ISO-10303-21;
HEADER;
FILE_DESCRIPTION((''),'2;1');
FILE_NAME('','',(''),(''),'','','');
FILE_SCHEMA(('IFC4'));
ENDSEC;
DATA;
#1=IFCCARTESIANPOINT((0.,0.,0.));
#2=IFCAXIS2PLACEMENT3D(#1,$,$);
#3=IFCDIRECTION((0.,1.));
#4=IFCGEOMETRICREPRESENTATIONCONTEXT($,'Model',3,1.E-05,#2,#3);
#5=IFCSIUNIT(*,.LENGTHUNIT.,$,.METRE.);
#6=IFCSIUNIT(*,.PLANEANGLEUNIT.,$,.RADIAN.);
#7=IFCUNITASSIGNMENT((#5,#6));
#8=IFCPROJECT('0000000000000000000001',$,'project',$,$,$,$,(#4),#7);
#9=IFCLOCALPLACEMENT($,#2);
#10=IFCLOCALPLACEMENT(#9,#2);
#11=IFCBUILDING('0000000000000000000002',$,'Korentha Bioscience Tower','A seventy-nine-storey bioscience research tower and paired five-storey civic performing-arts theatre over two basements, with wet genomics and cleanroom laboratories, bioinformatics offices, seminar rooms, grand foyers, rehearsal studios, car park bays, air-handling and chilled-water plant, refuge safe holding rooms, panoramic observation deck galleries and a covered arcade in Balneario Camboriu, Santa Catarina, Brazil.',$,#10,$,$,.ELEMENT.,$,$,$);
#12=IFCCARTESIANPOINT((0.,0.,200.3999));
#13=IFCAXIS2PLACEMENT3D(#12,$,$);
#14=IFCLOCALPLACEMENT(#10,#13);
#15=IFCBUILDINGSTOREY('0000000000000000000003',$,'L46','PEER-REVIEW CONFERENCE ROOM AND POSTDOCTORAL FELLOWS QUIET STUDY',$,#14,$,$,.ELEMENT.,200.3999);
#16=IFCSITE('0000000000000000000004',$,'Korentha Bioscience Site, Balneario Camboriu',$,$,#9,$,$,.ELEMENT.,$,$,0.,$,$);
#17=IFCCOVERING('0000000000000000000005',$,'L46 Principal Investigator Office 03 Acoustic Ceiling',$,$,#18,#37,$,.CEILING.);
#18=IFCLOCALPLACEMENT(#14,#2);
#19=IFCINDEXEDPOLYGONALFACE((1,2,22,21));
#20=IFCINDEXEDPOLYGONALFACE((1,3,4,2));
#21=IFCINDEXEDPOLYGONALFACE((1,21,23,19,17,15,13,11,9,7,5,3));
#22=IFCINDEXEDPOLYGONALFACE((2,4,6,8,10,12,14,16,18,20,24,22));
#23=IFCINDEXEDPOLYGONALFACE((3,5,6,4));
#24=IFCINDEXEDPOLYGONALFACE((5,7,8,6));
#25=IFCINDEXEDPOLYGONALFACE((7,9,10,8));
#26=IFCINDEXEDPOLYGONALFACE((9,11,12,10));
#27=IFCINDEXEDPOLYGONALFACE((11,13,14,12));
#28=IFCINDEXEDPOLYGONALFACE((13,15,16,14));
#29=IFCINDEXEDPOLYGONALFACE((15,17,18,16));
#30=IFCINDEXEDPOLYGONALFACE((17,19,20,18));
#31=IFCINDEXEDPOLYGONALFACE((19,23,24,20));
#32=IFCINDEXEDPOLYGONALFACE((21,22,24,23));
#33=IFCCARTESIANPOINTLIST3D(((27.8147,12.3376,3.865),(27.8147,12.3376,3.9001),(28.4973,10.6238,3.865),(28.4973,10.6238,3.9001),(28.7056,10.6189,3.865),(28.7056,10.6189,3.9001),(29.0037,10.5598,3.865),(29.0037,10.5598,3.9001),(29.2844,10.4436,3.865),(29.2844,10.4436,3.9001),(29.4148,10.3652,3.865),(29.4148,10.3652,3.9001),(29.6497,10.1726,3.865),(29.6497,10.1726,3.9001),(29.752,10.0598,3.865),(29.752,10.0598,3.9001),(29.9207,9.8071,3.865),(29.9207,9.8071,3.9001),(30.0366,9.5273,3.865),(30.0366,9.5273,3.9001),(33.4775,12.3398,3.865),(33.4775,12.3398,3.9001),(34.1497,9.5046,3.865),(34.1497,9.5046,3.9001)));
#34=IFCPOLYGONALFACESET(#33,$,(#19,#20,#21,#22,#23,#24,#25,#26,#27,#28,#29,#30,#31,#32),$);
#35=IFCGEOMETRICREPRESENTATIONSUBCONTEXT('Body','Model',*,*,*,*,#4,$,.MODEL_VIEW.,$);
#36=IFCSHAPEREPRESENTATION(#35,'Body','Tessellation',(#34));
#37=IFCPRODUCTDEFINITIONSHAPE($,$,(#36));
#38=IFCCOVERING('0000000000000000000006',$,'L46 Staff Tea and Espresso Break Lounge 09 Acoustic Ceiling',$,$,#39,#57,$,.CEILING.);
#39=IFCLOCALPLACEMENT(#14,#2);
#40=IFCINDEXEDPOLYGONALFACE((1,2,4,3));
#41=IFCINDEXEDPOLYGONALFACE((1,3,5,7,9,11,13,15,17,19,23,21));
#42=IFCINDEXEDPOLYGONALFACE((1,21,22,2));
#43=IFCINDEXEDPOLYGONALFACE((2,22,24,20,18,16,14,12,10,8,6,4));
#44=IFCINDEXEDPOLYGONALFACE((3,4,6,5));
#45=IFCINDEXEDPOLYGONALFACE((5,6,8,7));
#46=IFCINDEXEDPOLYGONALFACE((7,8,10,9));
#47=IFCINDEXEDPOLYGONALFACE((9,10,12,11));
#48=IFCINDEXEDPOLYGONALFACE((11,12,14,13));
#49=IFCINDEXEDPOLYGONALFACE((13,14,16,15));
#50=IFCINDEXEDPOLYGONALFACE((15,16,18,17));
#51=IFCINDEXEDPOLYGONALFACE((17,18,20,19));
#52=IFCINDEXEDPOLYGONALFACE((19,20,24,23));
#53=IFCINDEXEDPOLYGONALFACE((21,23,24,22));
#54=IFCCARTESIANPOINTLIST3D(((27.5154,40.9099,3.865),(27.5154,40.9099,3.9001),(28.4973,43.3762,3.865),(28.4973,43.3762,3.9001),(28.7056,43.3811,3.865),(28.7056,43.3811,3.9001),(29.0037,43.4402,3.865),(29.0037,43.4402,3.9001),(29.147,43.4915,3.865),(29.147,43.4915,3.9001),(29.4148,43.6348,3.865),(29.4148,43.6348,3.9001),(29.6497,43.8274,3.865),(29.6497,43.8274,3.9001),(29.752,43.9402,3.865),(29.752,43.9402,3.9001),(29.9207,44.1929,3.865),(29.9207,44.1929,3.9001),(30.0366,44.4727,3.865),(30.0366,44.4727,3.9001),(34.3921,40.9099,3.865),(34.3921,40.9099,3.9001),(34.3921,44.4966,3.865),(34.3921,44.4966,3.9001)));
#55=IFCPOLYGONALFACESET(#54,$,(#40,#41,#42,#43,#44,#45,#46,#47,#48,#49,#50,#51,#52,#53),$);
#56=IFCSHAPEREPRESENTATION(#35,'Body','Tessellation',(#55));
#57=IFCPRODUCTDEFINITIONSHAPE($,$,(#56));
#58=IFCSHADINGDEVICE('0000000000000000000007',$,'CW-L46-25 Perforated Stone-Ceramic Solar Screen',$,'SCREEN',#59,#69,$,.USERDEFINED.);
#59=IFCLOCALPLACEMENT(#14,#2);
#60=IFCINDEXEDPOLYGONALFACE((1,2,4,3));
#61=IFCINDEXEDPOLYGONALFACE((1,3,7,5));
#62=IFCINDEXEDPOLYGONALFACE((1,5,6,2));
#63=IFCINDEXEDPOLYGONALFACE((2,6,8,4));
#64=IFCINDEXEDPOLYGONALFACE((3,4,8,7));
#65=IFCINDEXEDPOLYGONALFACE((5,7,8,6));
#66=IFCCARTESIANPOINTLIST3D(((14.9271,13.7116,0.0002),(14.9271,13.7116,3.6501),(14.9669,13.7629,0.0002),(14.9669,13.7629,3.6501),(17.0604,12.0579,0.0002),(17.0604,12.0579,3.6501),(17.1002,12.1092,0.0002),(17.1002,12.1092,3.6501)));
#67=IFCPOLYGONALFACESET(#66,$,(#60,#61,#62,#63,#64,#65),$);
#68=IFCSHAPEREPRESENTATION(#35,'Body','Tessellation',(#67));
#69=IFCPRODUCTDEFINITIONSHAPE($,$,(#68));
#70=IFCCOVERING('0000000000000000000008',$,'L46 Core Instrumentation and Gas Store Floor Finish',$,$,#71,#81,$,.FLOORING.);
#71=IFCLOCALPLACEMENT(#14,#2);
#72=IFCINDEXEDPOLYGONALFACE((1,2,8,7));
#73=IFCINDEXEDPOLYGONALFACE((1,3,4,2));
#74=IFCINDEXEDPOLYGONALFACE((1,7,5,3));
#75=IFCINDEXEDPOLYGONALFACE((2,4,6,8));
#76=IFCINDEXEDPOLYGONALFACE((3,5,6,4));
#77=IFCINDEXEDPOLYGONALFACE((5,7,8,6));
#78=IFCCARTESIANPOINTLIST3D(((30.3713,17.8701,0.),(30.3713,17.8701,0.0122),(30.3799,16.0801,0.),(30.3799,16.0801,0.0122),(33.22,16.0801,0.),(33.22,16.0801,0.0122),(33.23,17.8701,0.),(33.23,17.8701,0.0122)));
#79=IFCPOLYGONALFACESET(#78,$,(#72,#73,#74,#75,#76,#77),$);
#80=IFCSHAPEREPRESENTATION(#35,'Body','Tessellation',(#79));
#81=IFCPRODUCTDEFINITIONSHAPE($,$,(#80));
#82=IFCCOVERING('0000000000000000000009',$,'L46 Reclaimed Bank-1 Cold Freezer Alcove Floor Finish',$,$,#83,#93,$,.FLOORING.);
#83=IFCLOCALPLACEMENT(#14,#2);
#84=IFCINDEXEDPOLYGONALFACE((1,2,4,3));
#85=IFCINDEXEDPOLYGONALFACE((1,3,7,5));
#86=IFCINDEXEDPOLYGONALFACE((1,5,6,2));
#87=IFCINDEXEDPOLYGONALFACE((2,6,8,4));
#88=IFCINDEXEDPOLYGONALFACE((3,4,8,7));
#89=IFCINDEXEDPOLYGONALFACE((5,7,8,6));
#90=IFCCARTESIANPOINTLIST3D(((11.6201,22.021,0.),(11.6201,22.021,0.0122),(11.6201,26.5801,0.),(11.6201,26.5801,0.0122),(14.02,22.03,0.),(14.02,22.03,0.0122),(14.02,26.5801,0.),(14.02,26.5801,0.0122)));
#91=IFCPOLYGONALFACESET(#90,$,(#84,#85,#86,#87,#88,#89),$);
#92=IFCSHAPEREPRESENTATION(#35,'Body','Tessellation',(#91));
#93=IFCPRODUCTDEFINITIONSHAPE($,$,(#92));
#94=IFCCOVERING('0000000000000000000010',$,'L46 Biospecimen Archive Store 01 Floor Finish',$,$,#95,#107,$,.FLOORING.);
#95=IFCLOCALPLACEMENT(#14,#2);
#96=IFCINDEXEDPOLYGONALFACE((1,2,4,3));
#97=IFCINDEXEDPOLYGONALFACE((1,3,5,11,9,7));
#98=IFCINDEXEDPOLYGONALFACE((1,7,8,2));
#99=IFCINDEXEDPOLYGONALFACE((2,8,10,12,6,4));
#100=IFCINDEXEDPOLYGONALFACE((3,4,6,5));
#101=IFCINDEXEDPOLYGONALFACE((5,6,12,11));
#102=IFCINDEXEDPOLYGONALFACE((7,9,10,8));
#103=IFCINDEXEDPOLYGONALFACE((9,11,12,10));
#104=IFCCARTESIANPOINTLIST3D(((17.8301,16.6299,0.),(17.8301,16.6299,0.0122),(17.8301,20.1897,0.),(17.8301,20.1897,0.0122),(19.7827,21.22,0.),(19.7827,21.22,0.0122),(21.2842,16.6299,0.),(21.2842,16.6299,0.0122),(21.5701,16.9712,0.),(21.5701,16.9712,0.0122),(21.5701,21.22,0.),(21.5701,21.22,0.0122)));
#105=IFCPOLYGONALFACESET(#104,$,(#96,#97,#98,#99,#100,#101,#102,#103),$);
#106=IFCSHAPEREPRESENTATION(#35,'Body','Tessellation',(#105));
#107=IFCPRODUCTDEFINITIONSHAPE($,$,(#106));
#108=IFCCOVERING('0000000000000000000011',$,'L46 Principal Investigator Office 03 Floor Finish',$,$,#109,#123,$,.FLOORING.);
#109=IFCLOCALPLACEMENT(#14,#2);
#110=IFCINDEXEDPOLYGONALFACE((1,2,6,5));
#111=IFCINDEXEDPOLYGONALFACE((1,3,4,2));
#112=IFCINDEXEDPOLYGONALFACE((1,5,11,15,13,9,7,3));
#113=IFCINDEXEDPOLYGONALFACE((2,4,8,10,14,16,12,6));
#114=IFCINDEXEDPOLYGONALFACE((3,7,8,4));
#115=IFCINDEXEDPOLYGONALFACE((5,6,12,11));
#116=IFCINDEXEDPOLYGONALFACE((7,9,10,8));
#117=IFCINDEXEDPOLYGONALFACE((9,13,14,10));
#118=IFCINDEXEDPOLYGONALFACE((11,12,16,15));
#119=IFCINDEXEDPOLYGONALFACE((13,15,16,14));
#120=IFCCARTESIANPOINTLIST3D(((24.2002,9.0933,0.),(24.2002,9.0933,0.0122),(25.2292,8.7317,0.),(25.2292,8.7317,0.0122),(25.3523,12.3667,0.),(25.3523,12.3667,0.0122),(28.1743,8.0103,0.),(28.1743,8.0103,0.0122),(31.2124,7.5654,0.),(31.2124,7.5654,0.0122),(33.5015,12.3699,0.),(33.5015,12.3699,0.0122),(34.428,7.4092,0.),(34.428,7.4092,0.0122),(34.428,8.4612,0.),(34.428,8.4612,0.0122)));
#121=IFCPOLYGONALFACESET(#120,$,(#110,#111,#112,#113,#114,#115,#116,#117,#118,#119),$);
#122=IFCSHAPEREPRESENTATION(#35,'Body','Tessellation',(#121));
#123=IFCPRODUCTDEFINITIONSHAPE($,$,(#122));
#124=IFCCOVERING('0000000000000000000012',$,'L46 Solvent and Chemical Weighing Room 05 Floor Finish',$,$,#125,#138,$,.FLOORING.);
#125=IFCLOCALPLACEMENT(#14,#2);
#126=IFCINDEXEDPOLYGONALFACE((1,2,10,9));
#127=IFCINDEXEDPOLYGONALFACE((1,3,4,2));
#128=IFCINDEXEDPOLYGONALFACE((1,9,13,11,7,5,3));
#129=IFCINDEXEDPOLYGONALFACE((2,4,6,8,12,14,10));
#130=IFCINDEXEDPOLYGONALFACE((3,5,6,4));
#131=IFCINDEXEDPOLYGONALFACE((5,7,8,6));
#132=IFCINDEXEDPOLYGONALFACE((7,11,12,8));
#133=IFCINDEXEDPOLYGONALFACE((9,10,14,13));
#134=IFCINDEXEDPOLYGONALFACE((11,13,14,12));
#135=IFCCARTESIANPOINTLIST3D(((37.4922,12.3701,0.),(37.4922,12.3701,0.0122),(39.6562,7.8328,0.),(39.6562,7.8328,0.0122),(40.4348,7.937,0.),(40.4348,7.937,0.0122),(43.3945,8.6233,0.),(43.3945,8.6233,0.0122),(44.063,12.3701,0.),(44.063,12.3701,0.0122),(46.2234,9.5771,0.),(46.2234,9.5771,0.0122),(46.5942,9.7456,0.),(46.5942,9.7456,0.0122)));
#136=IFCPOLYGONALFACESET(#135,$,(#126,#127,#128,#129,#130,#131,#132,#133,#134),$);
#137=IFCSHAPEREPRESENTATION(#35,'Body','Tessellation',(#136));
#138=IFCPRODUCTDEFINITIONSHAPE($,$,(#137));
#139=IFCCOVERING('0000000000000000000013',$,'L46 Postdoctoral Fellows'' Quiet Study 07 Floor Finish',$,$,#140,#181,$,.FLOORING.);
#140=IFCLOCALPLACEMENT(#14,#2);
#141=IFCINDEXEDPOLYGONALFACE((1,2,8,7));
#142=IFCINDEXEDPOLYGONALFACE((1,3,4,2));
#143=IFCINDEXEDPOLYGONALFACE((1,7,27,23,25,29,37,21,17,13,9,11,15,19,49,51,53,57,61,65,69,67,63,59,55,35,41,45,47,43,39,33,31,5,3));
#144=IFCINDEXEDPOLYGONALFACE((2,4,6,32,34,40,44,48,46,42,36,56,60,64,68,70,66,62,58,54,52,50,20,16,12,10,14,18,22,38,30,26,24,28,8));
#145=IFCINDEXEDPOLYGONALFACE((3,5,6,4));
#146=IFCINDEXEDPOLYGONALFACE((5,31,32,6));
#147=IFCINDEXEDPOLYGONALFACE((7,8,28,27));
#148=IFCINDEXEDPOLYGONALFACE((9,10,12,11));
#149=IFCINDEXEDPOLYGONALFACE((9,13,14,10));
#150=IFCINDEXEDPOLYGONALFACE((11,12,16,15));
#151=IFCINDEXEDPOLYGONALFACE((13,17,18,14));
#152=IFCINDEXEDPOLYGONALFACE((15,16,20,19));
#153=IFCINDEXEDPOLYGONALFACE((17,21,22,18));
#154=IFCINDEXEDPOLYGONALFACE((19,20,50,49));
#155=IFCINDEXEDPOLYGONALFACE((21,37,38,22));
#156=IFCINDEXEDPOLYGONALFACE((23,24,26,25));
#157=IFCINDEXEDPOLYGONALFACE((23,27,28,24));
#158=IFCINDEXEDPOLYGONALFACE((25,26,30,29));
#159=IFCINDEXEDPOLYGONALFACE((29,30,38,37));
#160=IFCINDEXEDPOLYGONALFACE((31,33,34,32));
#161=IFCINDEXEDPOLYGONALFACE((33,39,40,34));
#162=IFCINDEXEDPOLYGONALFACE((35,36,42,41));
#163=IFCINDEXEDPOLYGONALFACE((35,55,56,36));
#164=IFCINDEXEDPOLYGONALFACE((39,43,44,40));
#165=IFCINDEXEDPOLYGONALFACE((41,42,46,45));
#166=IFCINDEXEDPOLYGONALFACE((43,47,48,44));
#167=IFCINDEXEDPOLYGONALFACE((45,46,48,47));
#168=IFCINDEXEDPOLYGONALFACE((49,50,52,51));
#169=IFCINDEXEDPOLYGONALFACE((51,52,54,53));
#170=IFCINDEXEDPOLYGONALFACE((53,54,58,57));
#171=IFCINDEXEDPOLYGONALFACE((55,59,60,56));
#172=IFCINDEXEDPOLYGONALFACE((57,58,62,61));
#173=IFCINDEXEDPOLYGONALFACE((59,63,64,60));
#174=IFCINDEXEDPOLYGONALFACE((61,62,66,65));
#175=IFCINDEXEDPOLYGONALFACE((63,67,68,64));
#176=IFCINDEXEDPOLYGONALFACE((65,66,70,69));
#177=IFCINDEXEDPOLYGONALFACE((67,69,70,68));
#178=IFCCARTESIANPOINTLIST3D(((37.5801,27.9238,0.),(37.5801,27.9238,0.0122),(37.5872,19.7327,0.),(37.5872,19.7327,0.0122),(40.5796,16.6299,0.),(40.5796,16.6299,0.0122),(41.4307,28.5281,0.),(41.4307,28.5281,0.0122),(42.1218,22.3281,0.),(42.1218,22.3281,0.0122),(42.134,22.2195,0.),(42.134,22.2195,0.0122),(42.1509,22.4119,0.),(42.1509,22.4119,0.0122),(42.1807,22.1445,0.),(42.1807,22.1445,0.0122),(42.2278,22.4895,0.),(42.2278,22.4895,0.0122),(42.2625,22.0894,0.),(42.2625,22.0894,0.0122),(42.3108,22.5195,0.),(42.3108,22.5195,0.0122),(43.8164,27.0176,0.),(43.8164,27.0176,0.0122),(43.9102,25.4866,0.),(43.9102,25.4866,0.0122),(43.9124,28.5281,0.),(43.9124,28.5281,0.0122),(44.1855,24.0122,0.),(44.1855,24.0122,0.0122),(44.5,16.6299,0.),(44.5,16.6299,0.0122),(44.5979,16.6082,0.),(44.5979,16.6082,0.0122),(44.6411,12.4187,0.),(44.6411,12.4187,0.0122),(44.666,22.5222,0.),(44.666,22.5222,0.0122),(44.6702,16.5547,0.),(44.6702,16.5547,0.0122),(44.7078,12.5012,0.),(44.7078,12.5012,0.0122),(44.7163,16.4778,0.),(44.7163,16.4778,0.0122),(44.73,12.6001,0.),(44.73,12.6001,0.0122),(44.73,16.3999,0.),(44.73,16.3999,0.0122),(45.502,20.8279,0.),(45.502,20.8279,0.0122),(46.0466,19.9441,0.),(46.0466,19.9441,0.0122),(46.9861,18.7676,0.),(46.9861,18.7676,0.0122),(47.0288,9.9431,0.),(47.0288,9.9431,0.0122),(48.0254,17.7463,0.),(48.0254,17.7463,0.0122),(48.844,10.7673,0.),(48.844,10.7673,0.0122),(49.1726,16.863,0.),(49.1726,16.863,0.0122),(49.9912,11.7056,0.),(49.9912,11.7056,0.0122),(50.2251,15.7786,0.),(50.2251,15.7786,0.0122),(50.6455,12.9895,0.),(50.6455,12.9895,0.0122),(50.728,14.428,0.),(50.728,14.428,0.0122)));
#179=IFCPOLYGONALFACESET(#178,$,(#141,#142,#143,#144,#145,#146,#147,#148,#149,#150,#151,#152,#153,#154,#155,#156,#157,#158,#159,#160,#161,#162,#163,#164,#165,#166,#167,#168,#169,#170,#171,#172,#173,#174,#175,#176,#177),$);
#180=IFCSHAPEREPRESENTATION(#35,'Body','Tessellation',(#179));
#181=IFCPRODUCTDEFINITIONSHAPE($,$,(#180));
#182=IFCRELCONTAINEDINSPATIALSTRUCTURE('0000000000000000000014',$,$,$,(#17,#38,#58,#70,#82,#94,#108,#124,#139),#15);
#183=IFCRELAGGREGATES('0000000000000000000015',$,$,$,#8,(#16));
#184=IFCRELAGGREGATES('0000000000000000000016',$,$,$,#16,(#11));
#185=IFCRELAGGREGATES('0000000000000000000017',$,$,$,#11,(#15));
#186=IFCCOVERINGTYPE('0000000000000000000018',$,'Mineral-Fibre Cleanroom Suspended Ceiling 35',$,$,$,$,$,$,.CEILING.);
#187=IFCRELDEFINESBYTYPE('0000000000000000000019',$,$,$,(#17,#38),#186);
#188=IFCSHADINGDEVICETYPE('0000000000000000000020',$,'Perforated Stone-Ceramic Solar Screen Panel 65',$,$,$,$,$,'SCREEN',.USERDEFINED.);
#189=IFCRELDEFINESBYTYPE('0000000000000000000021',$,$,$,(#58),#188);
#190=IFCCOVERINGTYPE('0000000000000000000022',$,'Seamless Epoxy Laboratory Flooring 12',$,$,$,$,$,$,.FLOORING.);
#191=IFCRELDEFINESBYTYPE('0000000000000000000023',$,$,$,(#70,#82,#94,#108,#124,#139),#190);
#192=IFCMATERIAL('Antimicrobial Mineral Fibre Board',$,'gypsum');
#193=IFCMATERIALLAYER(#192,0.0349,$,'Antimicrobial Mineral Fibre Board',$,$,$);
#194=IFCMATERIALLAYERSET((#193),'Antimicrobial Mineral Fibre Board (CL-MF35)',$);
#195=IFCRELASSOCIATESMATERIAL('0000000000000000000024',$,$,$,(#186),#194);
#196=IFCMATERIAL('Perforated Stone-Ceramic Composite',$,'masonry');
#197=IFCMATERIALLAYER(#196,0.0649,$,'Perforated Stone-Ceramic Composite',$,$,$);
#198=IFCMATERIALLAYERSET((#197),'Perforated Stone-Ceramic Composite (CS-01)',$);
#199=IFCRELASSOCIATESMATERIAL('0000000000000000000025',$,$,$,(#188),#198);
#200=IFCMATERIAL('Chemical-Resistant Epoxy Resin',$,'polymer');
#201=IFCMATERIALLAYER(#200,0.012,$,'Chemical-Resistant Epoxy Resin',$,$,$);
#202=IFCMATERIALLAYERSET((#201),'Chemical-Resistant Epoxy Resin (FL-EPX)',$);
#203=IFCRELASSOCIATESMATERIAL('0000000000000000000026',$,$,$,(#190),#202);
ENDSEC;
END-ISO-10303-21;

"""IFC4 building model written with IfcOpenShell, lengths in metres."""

from ifc_helpers import new_model, si_unit, direction, frame, origin, origin_2d, place, context, subcontext, project, spatial, polyline, rectangle, outline, extrude, material, layer, layer_set, type_object, element, save


model = new_model("IFC4")

# Units and contexts
model_context = context("Model", 3, precision=1e-05, world=origin(), true_north=direction((0.0, 1.0)))
body_context = subcontext(model_context, "Body", "Model", "MODEL_VIEW")
ifc_project = project(units=[si_unit("LENGTHUNIT", "METRE"), si_unit("PLANEANGLEUNIT", "RADIAN")], contexts=[model_context])

# Site, building, storey
site_placement = place(None, origin())
site = spatial("IfcSite", under=ifc_project, at=site_placement, Name="Korentha Bioscience Site, Balneario Camboriu", CompositionType="ELEMENT", RefElevation=0.0)
building_placement = place(site_placement, origin())
building = spatial("IfcBuilding", under=site, at=building_placement, Name="Korentha Bioscience Tower", Description="A seventy-nine-storey bioscience research tower and paired five-storey civic performing-arts theatre over two basements, with wet genomics and cleanroom laboratories, bioinformatics offices, seminar rooms, grand foyers, rehearsal studios, car park bays, air-handling and chilled-water plant, refuge safe holding rooms, panoramic observation deck galleries and a covered arcade in Balneario Camboriu, Santa Catarina, Brazil.", CompositionType="ELEMENT")
storey_placement = place(building_placement, frame((0.0, 0.0, 200.3999)))
storey = spatial("IfcBuildingStorey", under=building, at=storey_placement, Name="L46", Description="PEER-REVIEW CONFERENCE ROOM AND POSTDOCTORAL FELLOWS QUIET STUDY", CompositionType="ELEMENT", Elevation=200.3999)

# Coverings
ifc_material_1 = material(Name="Antimicrobial Mineral Fibre Board", Category="gypsum")
ifc_layer_1 = layer(ifc_material_1, 0.0349, Name="Antimicrobial Mineral Fibre Board")
ifc_layer_set_1 = layer_set([ifc_layer_1], Name="Antimicrobial Mineral Fibre Board (CL-MF35)")
covering_type_1 = type_object("IfcCoveringType", Name="Mineral-Fibre Cleanroom Suspended Ceiling 35", PredefinedType="CEILING", material=ifc_layer_set_1)
covering_1_placement = place(storey_placement, frame((0.0, 0.0, 3.865)))
element("IfcCovering", 1, at=covering_1_placement, inside=storey, type_object=covering_type_1, Name="L46 Principal Investigator Office 03 Acoustic Ceiling", PredefinedType="CEILING", context=body_context, shape_type="SweptSolid", body=[
    extrude(outline(polyline([(34.1497, 9.5046), (30.0366, 9.5273), (29.9207, 9.8071), (29.752, 10.0598), (29.6497, 10.1726), (29.4148, 10.3652), (29.2844, 10.4436), (29.0037, 10.5598), (28.7056, 10.6189), (28.4973, 10.6238), (27.8147, 12.3376), (33.4775, 12.3398), (34.1497, 9.5046)])), origin(), (0.0, 0.0, 1.0), 0.0352),
])
covering_2_placement = place(storey_placement, frame((0.0, 0.0, 3.865)))
element("IfcCovering", 2, at=covering_2_placement, inside=storey, type_object=covering_type_1, Name="L46 Staff Tea and Espresso Break Lounge 09 Acoustic Ceiling", PredefinedType="CEILING", context=body_context, shape_type="SweptSolid", body=[
    extrude(outline(polyline([(27.5154, 40.9099), (28.4973, 43.3762), (28.7056, 43.3811), (29.0037, 43.4402), (29.147, 43.4915), (29.4148, 43.6348), (29.6497, 43.8274), (29.752, 43.9402), (29.9207, 44.1929), (30.0366, 44.4727), (34.3921, 44.4966), (34.3921, 40.9099), (27.5154, 40.9099)])), origin(), (0.0, 0.0, 1.0), 0.0352),
])

# Shading device
ifc_material_2 = material(Name="Perforated Stone-Ceramic Composite", Category="masonry")
ifc_layer_2 = layer(ifc_material_2, 0.0649, Name="Perforated Stone-Ceramic Composite")
ifc_layer_set_2 = layer_set([ifc_layer_2], Name="Perforated Stone-Ceramic Composite (CS-01)")
shading_device_type_1 = type_object("IfcShadingDeviceType", Name="Perforated Stone-Ceramic Solar Screen Panel 65", ElementType="SCREEN", PredefinedType="USERDEFINED", material=ifc_layer_set_2)
shading_device_1_placement = place(storey_placement, frame((16.0137, 12.9104, 0.0002), z_axis=(0.0, 0.0, 1.0), x_axis=(0.790346, -0.612661, 0.0)))
element("IfcShadingDevice", 3, at=shading_device_1_placement, inside=storey, type_object=shading_device_type_1, Name="CW-L46-25 Perforated Stone-Ceramic Solar Screen", ObjectType="SCREEN", PredefinedType="USERDEFINED", context=body_context, shape_type="SweptSolid", body=[
    extrude(rectangle(XDim=2.6992, YDim=0.0649, at=origin_2d()), origin(), (0.0, 0.0, 1.0), 3.6499),
])

# Coverings
ifc_material_3 = material(Name="Chemical-Resistant Epoxy Resin", Category="polymer")
ifc_layer_3 = layer(ifc_material_3, 0.012, Name="Chemical-Resistant Epoxy Resin")
ifc_layer_set_3 = layer_set([ifc_layer_3], Name="Chemical-Resistant Epoxy Resin (FL-EPX)")
covering_type_2 = type_object("IfcCoveringType", Name="Seamless Epoxy Laboratory Flooring 12", PredefinedType="FLOORING", material=ifc_layer_set_3)
covering_3_placement = place(storey_placement, origin())
element("IfcCovering", 4, at=covering_3_placement, inside=storey, type_object=covering_type_2, Name="L46 Core Instrumentation and Gas Store Floor Finish", PredefinedType="FLOORING", context=body_context, shape_type="SweptSolid", body=[
    extrude(outline(polyline([(33.23, 17.8701), (33.22, 16.0801), (30.3799, 16.0801), (30.3713, 17.8701), (33.23, 17.8701)])), origin(), (0.0, 0.0, 1.0), 0.0122),
])
covering_4_placement = place(storey_placement, origin())
element("IfcCovering", 5, at=covering_4_placement, inside=storey, type_object=covering_type_2, Name="L46 Reclaimed Bank-1 Cold Freezer Alcove Floor Finish", PredefinedType="FLOORING", context=body_context, shape_type="SweptSolid", body=[
    extrude(outline(polyline([(14.02, 22.03), (11.6201, 22.021), (11.6201, 26.5801), (14.02, 26.5801), (14.02, 22.03)])), origin(), (0.0, 0.0, 1.0), 0.0122),
])
covering_5_placement = place(storey_placement, origin())
element("IfcCovering", 6, at=covering_5_placement, inside=storey, type_object=covering_type_2, Name="L46 Biospecimen Archive Store 01 Floor Finish", PredefinedType="FLOORING", context=body_context, shape_type="SweptSolid", body=[
    extrude(outline(polyline([(21.5701, 21.22), (21.5701, 16.9712), (21.2842, 16.6299), (17.8301, 16.6299), (17.8301, 20.1897), (19.7827, 21.22), (21.5701, 21.22)])), origin(), (0.0, 0.0, 1.0), 0.0122),
])
covering_6_placement = place(storey_placement, origin())
element("IfcCovering", 7, at=covering_6_placement, inside=storey, type_object=covering_type_2, Name="L46 Principal Investigator Office 03 Floor Finish", PredefinedType="FLOORING", context=body_context, shape_type="SweptSolid", body=[
    extrude(outline(polyline([(25.3523, 12.3667), (33.5015, 12.3699), (34.428, 8.4612), (34.428, 7.4092), (31.2124, 7.5654), (28.1743, 8.0103), (25.2292, 8.7317), (24.2002, 9.0933), (25.3523, 12.3667)])), origin(), (0.0, 0.0, 1.0), 0.0122),
])
covering_7_placement = place(storey_placement, origin())
element("IfcCovering", 8, at=covering_7_placement, inside=storey, type_object=covering_type_2, Name="L46 Solvent and Chemical Weighing Room 05 Floor Finish", PredefinedType="FLOORING", context=body_context, shape_type="SweptSolid", body=[
    extrude(outline(polyline([(37.4922, 12.3701), (44.063, 12.3701), (46.5942, 9.7456), (46.2234, 9.5771), (43.3945, 8.6233), (40.4348, 7.937), (39.6562, 7.8328), (37.4922, 12.3701)])), origin(), (0.0, 0.0, 1.0), 0.0122),
])
covering_8_placement = place(storey_placement, origin())
element("IfcCovering", 9, at=covering_8_placement, inside=storey, type_object=covering_type_2, Name="L46 Postdoctoral Fellows' Quiet Study 07 Floor Finish", PredefinedType="FLOORING", context=body_context, shape_type="SweptSolid", body=[
    extrude(outline(polyline([(37.5872, 19.7327), (37.5801, 27.9238), (41.4307, 28.5281), (43.9124, 28.5281), (43.8164, 27.0176), (43.9102, 25.4866), (44.1855, 24.0122), (44.666, 22.5222), (42.3108, 22.5195), (42.2278, 22.4895), (42.1509, 22.4119), (42.1218, 22.3281), (42.134, 22.2195), (42.1807, 22.1445), (42.2625, 22.0894), (45.502, 20.8279), (46.0466, 19.9441), (46.9861, 18.7676), (48.0254, 17.7463), (49.1726, 16.863), (50.2251, 15.7786), (50.728, 14.428), (50.6455, 12.9895), (49.9912, 11.7056), (48.844, 10.7673), (47.0288, 9.9431), (44.6411, 12.4187), (44.7078, 12.5012), (44.73, 12.6001), (44.73, 16.3999), (44.7163, 16.4778), (44.6702, 16.5547), (44.5979, 16.6082), (44.5, 16.6299), (40.5796, 16.6299), (37.5872, 19.7327)])), origin(), (0.0, 0.0, 1.0), 0.0122),
])

save(model, "model.ifc")
